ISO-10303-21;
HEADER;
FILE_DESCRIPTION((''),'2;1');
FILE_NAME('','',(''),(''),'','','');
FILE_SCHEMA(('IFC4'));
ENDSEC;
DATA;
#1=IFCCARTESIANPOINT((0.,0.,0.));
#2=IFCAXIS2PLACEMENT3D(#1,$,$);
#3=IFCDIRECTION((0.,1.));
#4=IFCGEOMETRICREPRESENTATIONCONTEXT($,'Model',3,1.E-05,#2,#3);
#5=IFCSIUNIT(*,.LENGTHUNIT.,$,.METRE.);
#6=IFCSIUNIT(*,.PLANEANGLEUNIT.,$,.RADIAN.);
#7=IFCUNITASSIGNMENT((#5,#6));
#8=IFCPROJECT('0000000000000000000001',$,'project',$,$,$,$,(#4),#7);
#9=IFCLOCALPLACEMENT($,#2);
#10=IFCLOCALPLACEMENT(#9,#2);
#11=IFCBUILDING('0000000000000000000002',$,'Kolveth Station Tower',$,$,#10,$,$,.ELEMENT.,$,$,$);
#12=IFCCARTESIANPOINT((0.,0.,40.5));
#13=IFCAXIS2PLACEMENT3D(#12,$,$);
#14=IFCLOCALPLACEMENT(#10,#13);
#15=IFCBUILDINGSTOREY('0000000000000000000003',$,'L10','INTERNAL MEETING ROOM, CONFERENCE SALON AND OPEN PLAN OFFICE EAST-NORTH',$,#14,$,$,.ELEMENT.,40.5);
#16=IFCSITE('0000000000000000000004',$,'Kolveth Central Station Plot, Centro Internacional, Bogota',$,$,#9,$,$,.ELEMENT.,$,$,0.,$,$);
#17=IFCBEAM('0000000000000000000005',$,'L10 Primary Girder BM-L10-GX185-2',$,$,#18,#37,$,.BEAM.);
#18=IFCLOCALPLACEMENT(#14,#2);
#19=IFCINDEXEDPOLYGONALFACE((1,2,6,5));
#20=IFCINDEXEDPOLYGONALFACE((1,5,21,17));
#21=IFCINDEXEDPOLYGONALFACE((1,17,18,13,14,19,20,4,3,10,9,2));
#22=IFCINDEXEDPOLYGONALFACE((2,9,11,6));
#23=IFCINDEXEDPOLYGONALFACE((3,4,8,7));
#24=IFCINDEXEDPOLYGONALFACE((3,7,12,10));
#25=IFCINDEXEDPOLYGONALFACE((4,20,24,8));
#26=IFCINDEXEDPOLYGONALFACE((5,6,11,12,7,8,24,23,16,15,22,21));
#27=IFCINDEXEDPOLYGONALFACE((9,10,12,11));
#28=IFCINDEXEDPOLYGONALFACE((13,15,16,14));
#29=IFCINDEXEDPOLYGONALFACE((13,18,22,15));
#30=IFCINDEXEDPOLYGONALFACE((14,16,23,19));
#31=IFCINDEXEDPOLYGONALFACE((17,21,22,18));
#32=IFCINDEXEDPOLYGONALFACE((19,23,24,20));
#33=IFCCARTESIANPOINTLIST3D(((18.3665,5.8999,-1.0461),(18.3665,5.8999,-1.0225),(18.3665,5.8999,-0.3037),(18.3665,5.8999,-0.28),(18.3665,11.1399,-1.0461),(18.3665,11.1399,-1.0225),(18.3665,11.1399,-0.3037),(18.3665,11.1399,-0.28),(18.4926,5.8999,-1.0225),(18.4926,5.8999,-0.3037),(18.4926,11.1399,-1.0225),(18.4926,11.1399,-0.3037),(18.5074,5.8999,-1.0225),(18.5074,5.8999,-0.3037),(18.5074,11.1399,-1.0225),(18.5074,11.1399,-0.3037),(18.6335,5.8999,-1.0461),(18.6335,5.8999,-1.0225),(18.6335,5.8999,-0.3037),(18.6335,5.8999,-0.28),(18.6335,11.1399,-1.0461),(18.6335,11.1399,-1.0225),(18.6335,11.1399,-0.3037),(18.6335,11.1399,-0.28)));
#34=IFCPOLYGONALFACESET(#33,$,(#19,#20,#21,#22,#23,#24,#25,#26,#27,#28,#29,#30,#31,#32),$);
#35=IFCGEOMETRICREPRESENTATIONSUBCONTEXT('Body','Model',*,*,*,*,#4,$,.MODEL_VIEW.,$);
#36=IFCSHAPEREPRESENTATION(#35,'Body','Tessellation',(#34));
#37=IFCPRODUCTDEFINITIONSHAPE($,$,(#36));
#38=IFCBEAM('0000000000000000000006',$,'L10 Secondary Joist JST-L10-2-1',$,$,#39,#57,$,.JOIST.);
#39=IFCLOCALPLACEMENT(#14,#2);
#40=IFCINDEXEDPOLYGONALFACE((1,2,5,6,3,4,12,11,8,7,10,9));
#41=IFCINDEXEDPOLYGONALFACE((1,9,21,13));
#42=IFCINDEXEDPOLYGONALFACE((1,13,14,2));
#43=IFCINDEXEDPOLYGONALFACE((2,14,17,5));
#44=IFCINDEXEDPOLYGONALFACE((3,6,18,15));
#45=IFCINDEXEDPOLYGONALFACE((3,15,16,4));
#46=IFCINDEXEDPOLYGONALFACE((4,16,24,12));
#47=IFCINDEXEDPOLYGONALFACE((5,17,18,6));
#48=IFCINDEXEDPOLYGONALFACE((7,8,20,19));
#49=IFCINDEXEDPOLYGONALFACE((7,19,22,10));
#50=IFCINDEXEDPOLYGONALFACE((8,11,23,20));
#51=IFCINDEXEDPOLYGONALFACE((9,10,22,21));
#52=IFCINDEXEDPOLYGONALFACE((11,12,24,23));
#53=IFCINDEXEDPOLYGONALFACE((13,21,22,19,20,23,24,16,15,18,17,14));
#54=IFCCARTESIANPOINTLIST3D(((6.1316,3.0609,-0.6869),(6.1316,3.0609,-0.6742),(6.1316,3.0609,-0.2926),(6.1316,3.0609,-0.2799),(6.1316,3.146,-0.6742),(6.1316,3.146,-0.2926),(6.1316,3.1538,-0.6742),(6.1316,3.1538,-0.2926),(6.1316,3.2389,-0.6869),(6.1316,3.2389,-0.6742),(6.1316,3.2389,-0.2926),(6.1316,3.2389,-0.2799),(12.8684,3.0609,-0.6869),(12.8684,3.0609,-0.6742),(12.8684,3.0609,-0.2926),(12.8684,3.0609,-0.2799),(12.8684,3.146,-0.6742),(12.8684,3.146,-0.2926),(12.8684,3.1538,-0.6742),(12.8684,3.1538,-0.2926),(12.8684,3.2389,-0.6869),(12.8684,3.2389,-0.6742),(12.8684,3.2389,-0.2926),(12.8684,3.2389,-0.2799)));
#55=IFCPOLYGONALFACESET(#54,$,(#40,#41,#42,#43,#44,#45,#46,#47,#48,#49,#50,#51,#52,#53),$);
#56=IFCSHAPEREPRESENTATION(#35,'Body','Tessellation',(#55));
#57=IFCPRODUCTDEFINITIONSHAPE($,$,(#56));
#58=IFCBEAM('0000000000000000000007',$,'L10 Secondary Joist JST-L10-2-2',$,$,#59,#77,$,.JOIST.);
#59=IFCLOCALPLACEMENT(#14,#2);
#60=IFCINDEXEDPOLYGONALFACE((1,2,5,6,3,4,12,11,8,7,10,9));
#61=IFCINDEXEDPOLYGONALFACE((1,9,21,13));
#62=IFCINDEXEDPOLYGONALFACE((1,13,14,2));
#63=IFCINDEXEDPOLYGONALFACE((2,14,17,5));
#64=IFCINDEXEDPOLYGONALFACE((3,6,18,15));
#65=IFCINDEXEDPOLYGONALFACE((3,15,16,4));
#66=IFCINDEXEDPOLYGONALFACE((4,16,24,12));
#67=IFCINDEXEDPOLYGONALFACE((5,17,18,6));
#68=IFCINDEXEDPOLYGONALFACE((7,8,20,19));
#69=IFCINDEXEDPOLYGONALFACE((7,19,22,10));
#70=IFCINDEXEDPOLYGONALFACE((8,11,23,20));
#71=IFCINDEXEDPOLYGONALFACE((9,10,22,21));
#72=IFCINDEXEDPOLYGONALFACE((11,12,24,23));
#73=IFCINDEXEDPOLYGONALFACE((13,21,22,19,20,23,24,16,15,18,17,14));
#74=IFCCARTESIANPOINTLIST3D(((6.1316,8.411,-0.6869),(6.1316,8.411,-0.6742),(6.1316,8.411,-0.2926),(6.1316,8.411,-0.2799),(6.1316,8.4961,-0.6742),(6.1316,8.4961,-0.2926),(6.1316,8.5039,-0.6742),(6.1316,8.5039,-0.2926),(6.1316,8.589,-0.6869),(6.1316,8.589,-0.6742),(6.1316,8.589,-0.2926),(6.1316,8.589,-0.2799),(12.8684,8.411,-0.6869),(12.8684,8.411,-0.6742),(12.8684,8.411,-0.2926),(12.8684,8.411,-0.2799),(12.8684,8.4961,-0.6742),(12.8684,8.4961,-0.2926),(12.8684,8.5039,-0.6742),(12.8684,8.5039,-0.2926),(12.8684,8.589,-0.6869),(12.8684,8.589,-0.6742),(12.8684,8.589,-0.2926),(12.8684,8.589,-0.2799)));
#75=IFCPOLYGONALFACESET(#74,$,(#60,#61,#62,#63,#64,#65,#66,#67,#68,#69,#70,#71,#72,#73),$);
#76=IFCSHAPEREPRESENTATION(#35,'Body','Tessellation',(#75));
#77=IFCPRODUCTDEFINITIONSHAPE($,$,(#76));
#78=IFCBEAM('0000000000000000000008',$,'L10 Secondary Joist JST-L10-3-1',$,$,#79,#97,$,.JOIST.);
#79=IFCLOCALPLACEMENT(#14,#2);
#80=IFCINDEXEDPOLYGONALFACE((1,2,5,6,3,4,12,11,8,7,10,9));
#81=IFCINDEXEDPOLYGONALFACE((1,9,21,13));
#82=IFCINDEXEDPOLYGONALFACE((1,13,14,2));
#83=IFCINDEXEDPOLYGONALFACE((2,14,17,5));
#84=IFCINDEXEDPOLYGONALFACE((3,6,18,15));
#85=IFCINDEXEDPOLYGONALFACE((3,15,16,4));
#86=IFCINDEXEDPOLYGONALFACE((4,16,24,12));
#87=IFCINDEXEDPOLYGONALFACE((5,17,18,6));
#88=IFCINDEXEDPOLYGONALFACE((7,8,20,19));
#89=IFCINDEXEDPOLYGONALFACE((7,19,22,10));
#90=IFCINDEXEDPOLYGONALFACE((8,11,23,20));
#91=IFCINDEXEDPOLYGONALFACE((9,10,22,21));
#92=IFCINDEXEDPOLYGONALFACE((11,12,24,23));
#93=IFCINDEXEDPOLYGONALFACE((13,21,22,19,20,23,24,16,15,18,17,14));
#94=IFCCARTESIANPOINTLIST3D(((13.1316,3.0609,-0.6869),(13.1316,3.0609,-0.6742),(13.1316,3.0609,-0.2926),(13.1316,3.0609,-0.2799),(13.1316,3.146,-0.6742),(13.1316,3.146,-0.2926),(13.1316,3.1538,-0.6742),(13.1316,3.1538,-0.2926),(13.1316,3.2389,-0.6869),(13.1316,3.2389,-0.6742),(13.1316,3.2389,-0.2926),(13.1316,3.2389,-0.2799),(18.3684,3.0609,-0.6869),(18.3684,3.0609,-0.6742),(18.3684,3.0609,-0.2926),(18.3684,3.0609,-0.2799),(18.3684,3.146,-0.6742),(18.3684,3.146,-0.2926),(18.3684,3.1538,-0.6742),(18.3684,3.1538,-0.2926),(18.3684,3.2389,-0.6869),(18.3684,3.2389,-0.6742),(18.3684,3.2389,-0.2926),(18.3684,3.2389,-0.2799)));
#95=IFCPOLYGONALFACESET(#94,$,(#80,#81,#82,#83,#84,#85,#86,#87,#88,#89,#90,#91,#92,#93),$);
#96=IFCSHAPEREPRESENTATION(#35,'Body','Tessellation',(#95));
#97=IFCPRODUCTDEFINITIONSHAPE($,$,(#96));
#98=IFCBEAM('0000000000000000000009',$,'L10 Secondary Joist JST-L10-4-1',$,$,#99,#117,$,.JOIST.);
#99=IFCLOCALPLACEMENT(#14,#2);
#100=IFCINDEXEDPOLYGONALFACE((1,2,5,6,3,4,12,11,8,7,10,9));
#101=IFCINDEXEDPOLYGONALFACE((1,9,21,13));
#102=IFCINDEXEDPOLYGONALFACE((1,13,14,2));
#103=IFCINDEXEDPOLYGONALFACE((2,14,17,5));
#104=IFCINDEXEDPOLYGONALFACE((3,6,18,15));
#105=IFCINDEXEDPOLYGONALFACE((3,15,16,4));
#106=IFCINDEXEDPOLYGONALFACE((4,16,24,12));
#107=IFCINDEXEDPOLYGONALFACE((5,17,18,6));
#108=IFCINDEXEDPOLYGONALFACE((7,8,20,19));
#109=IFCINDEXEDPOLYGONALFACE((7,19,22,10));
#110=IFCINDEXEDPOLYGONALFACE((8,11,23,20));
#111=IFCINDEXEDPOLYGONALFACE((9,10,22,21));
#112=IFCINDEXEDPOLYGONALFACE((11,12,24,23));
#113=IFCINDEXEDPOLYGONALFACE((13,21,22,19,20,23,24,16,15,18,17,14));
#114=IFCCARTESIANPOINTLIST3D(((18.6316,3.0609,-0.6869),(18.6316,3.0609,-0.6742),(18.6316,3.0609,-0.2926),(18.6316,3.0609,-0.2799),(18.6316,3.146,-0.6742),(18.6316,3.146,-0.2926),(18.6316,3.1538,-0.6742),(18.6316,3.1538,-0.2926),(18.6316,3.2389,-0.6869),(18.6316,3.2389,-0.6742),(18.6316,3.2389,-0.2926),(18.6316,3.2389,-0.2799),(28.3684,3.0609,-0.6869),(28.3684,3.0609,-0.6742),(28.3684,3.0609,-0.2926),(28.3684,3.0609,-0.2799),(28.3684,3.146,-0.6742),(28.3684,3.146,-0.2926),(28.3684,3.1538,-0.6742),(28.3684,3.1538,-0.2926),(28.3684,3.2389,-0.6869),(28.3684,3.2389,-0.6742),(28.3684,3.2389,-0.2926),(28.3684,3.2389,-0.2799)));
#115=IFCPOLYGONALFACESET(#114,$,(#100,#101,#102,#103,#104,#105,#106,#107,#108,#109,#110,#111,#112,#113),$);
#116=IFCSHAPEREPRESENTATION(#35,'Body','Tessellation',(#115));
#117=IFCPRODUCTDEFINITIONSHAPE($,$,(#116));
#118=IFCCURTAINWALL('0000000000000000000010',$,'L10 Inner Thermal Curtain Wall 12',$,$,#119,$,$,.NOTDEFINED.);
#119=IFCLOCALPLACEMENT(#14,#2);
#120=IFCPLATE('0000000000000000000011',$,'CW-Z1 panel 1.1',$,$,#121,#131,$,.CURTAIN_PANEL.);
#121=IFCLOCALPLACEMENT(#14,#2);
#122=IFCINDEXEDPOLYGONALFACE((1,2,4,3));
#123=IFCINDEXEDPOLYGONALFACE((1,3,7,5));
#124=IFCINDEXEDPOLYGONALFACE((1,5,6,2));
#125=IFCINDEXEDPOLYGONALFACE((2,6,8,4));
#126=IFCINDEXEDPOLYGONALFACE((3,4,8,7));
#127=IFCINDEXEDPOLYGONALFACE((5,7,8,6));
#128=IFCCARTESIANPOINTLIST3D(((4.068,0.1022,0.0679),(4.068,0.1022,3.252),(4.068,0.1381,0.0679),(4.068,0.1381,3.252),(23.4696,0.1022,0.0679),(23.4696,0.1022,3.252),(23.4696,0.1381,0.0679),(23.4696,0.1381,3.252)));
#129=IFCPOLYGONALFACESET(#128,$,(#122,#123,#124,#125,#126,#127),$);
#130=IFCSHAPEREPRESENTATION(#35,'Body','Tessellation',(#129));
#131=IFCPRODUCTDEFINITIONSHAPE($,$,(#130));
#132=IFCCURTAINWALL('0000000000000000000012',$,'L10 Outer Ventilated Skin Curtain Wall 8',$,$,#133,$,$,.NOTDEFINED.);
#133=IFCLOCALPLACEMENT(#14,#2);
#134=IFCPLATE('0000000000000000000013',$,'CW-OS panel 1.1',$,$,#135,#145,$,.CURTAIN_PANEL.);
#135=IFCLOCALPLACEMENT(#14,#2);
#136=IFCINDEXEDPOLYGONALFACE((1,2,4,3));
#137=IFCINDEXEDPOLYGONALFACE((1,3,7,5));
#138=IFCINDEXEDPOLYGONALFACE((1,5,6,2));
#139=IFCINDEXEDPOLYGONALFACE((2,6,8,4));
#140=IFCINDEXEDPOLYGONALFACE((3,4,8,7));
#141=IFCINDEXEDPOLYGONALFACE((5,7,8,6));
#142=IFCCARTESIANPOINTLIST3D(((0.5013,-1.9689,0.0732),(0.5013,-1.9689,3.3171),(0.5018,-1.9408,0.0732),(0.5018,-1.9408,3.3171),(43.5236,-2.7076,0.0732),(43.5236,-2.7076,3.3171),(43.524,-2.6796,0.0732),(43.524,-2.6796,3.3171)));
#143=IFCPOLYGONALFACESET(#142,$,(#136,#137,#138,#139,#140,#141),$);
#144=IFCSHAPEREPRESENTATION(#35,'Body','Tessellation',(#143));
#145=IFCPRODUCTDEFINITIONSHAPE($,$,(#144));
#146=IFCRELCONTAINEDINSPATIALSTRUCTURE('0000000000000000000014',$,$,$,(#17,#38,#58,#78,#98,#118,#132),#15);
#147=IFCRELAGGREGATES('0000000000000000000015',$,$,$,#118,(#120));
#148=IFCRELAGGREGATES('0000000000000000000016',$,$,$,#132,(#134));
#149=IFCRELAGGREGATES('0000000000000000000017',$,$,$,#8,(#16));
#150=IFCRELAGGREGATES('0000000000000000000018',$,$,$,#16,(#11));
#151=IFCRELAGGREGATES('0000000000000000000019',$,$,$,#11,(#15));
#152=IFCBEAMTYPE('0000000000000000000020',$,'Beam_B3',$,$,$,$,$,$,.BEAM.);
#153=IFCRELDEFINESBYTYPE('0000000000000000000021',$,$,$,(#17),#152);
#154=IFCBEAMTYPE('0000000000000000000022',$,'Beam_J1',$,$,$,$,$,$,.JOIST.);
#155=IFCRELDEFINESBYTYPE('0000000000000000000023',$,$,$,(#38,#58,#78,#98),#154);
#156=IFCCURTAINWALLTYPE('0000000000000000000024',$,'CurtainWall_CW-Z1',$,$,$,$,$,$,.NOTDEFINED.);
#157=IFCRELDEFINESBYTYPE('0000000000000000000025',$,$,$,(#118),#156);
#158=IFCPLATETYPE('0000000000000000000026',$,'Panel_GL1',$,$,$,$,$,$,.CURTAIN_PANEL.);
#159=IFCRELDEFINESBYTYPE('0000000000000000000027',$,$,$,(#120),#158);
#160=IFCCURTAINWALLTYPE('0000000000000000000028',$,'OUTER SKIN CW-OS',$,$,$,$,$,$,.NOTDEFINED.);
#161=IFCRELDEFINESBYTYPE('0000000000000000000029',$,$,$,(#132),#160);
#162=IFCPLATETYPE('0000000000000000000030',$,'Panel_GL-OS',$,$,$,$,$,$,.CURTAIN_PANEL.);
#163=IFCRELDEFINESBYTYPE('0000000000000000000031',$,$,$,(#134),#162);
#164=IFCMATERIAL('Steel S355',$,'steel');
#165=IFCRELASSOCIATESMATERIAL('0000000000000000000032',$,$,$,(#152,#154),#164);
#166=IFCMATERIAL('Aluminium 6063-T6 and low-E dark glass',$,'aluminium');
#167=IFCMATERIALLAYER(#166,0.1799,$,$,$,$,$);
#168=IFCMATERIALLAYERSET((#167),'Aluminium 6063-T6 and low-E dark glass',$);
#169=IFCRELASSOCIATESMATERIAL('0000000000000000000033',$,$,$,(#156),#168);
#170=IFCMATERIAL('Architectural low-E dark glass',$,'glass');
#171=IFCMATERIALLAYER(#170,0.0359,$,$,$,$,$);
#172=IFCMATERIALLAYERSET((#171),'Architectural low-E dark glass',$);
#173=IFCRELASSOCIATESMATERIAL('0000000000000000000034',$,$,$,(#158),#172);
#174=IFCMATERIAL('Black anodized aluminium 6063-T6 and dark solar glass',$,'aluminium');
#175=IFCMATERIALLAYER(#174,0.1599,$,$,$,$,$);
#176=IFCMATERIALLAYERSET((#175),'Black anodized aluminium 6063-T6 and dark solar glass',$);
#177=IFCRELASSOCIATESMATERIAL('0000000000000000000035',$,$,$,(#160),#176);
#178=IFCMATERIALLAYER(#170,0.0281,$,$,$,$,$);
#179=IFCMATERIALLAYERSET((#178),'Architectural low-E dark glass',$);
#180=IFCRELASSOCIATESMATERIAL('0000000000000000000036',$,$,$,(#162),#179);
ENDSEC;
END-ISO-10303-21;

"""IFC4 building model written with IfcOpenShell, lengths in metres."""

from ifc_helpers import new_model, si_unit, direction, frame, origin, origin_2d, place, context, subcontext, project, spatial, rectangle, i_section, extrude, source, transform, mapped, material, layer, layer_set, material_profile, profile_set, type_object, element, aggregate, save


model = new_model("IFC4")

# Units and contexts
model_context = context("Model", 3, precision=1e-05, world=origin(), true_north=direction((0.0, 1.0)))
body_context = subcontext(model_context, "Body", "Model", "MODEL_VIEW")
ifc_project = project(units=[si_unit("LENGTHUNIT", "METRE"), si_unit("PLANEANGLEUNIT", "RADIAN")], contexts=[model_context])

# Site, building, storey
site_placement = place(None, origin())
site = spatial("IfcSite", under=ifc_project, at=site_placement, Name="Kolveth Central Station Plot, Centro Internacional, Bogota", CompositionType="ELEMENT", RefElevation=0.0)
building_placement = place(site_placement, origin())
building = spatial("IfcBuilding", under=site, at=building_placement, Name="Kolveth Station Tower", CompositionType="ELEMENT")
storey_placement = place(building_placement, frame((0.0, 0.0, 40.5)))
storey = spatial("IfcBuildingStorey", under=building, at=storey_placement, Name="L10", Description="INTERNAL MEETING ROOM, CONFERENCE SALON AND OPEN PLAN OFFICE EAST-NORTH", CompositionType="ELEMENT", Elevation=40.5)

# Shared definitions
ifc_material_1 = material(Name="Steel S355", Category="steel")

# Beams
ifc_material_profile_1 = material_profile(ifc_material_1, i_section(OverallWidth=0.2671, OverallDepth=0.7661, WebThickness=0.0149, FlangeThickness=0.0237, at=origin_2d()), Name="W760x185")
ifc_profile_set_1 = profile_set([ifc_material_profile_1], Name="Steel S355")
beam_type_1 = type_object("IfcBeamType", Name="Beam_B3", PredefinedType="BEAM", material=ifc_profile_set_1)
shared_shape_1 = source(origin(), body_context, "Body", "SweptSolid", [
    extrude(i_section(OverallWidth=0.2671, OverallDepth=0.7661, WebThickness=0.0149, FlangeThickness=0.0237, at=origin_2d()), origin(), (0.0, 0.0, 1.0), 5.24),
])
beam_1_placement = place(storey_placement, frame((18.5, 5.8999, -0.6631), z_axis=(0.0, 1.0, 0.0), x_axis=(-1.0, 0.0, 0.0)))
element("IfcBeam", 1, at=beam_1_placement, inside=storey, type_object=beam_type_1, Name="L10 Primary Girder BM-L10-GX185-2", PredefinedType="BEAM", context=body_context, shape_type="MappedRepresentation", body=[
    mapped(shared_shape_1, transform((0.0, 0.0, 0.0), x_axis=(1.0, 0.0, 0.0), y_axis=(0.0, 1.0, 0.0), z_axis=(0.0, 0.0, 1.0), scale=1.0)),
])
ifc_material_profile_2 = material_profile(ifc_material_1, i_section(OverallWidth=0.178, OverallDepth=0.407, WebThickness=0.0078, FlangeThickness=0.0127, at=origin_2d()), Name="W410x60")
ifc_profile_set_2 = profile_set([ifc_material_profile_2], Name="Steel S355")
beam_type_2 = type_object("IfcBeamType", Name="Beam_J1", PredefinedType="JOIST", material=ifc_profile_set_2)
shared_shape_2 = source(origin(), body_context, "Body", "SweptSolid", [
    extrude(i_section(OverallWidth=0.178, OverallDepth=0.407, WebThickness=0.0078, FlangeThickness=0.0127, at=origin_2d()), origin(), (0.0, 0.0, 1.0), 6.7368),
])
for number, where, z_axis, x_axis, name in (
    (2, (6.1316, 3.1499, -0.4834), (1.0, 0.0, 0.0), (0.0, 1.0, 0.0), "L10 Secondary Joist JST-L10-2-1"),
    (3, (6.1316, 8.5, -0.4834), (1.0, 0.0, 0.0), (0.0, 1.0, 0.0), "L10 Secondary Joist JST-L10-2-2"),
):
    element("IfcBeam", number, at=place(storey_placement, frame(where, z_axis=z_axis, x_axis=x_axis)), inside=storey, type_object=beam_type_2, Name=name, PredefinedType="JOIST", context=body_context, shape_type="MappedRepresentation", body=[
        mapped(shared_shape_2, transform((0.0, 0.0, 0.0), x_axis=(1.0, 0.0, 0.0), y_axis=(0.0, 1.0, 0.0), z_axis=(0.0, 0.0, 1.0), scale=1.0)),
    ])
shared_shape_3 = source(origin(), body_context, "Body", "SweptSolid", [
    extrude(i_section(OverallWidth=0.178, OverallDepth=0.407, WebThickness=0.0078, FlangeThickness=0.0127, at=origin_2d()), origin(), (0.0, 0.0, 1.0), 5.2368),
])
beam_2_placement = place(storey_placement, frame((13.1316, 3.1499, -0.4834), z_axis=(1.0, 0.0, 0.0), x_axis=(0.0, 1.0, 0.0)))
element("IfcBeam", 4, at=beam_2_placement, inside=storey, type_object=beam_type_2, Name="L10 Secondary Joist JST-L10-3-1", PredefinedType="JOIST", context=body_context, shape_type="MappedRepresentation", body=[
    mapped(shared_shape_3, transform((0.0, 0.0, 0.0), x_axis=(1.0, 0.0, 0.0), y_axis=(0.0, 1.0, 0.0), z_axis=(0.0, 0.0, 1.0), scale=1.0)),
])
shared_shape_4 = source(origin(), body_context, "Body", "SweptSolid", [
    extrude(i_section(OverallWidth=0.178, OverallDepth=0.407, WebThickness=0.0078, FlangeThickness=0.0127, at=origin_2d()), origin(), (0.0, 0.0, 1.0), 9.7368),
])
beam_3_placement = place(storey_placement, frame((18.6316, 3.1499, -0.4834), z_axis=(1.0, 0.0, 0.0), x_axis=(0.0, 1.0, 0.0)))
element("IfcBeam", 5, at=beam_3_placement, inside=storey, type_object=beam_type_2, Name="L10 Secondary Joist JST-L10-4-1", PredefinedType="JOIST", context=body_context, shape_type="MappedRepresentation", body=[
    mapped(shared_shape_4, transform((0.0, 0.0, 0.0), x_axis=(1.0, 0.0, 0.0), y_axis=(0.0, 1.0, 0.0), z_axis=(0.0, 0.0, 1.0), scale=1.0)),
])

# Curtain walls, plates
ifc_material_2 = material(Name="Aluminium 6063-T6 and low-E dark glass", Category="aluminium")
ifc_layer_1 = layer(ifc_material_2, 0.1799)
ifc_layer_set_1 = layer_set([ifc_layer_1], Name="Aluminium 6063-T6 and low-E dark glass")
curtain_wall_type_1 = type_object("IfcCurtainWallType", Name="CurtainWall_CW-Z1", PredefinedType="NOTDEFINED", material=ifc_layer_set_1)
curtain_wall_1_placement = place(storey_placement, origin())
curtain_wall_1 = element("IfcCurtainWall", 6, at=curtain_wall_1_placement, inside=storey, type_object=curtain_wall_type_1, Name="L10 Inner Thermal Curtain Wall 12", PredefinedType="NOTDEFINED")
ifc_material_3 = material(Name="Architectural low-E dark glass", Category="glass")
ifc_layer_2 = layer(ifc_material_3, 0.0359)
ifc_layer_set_2 = layer_set([ifc_layer_2], Name="Architectural low-E dark glass")
plate_type_1 = type_object("IfcPlateType", Name="Panel_GL1", PredefinedType="CURTAIN_PANEL", material=ifc_layer_set_2)
shared_shape_5 = source(origin(), body_context, "Body", "SweptSolid", [
    extrude(rectangle(XDim=19.4016, YDim=0.0359, at=origin_2d()), origin(), (0.0, 0.0, 1.0), 3.1841),
])
plate_1_placement = place(storey_placement, frame((13.7688, 0.1201, 0.0679), z_axis=(0.0, 0.0, 1.0), x_axis=(1.0, 0.0, 0.0)))
plate_1 = element("IfcPlate", 7, at=plate_1_placement, type_object=plate_type_1, Name="CW-Z1 panel 1.1", PredefinedType="CURTAIN_PANEL", context=body_context, shape_type="MappedRepresentation", body=[
    mapped(shared_shape_5, transform((0.0, 0.0, 0.0), x_axis=(1.0, 0.0, 0.0), y_axis=(0.0, 1.0, 0.0), z_axis=(0.0, 0.0, 1.0), scale=1.0)),
])
aggregate(curtain_wall_1, [plate_1])
ifc_material_4 = material(Name="Black anodized aluminium 6063-T6 and dark solar glass", Category="aluminium")
ifc_layer_3 = layer(ifc_material_4, 0.1599)
ifc_layer_set_3 = layer_set([ifc_layer_3], Name="Black anodized aluminium 6063-T6 and dark solar glass")
curtain_wall_type_2 = type_object("IfcCurtainWallType", Name="OUTER SKIN CW-OS", PredefinedType="NOTDEFINED", material=ifc_layer_set_3)
curtain_wall_2_placement = place(storey_placement, origin())
curtain_wall_2 = element("IfcCurtainWall", 8, at=curtain_wall_2_placement, inside=storey, type_object=curtain_wall_type_2, Name="L10 Outer Ventilated Skin Curtain Wall 8", PredefinedType="NOTDEFINED")
ifc_layer_4 = layer(ifc_material_3, 0.0281)
ifc_layer_set_4 = layer_set([ifc_layer_4], Name="Architectural low-E dark glass")
plate_type_2 = type_object("IfcPlateType", Name="Panel_GL-OS", PredefinedType="CURTAIN_PANEL", material=ifc_layer_set_4)
shared_shape_6 = source(origin(), body_context, "Body", "SweptSolid", [
    extrude(rectangle(XDim=43.0286, YDim=0.0281, at=origin_2d()), origin(), (0.0, 0.0, 1.0), 3.2439),
])
plate_2_placement = place(storey_placement, frame((22.0127, -2.3242, 0.0732), z_axis=(0.0, 0.0, 1.0), x_axis=(0.999853, -0.017169, 0.0)))
plate_2 = element("IfcPlate", 9, at=plate_2_placement, type_object=plate_type_2, Name="CW-OS panel 1.1", PredefinedType="CURTAIN_PANEL", context=body_context, shape_type="MappedRepresentation", body=[
    mapped(shared_shape_6, transform((0.0, 0.0, 0.0), x_axis=(1.0, 0.0, 0.0), y_axis=(0.0, 1.0, 0.0), z_axis=(0.0, 0.0, 1.0), scale=1.0)),
])
aggregate(curtain_wall_2, [plate_2])

save(model, "model.ifc")
